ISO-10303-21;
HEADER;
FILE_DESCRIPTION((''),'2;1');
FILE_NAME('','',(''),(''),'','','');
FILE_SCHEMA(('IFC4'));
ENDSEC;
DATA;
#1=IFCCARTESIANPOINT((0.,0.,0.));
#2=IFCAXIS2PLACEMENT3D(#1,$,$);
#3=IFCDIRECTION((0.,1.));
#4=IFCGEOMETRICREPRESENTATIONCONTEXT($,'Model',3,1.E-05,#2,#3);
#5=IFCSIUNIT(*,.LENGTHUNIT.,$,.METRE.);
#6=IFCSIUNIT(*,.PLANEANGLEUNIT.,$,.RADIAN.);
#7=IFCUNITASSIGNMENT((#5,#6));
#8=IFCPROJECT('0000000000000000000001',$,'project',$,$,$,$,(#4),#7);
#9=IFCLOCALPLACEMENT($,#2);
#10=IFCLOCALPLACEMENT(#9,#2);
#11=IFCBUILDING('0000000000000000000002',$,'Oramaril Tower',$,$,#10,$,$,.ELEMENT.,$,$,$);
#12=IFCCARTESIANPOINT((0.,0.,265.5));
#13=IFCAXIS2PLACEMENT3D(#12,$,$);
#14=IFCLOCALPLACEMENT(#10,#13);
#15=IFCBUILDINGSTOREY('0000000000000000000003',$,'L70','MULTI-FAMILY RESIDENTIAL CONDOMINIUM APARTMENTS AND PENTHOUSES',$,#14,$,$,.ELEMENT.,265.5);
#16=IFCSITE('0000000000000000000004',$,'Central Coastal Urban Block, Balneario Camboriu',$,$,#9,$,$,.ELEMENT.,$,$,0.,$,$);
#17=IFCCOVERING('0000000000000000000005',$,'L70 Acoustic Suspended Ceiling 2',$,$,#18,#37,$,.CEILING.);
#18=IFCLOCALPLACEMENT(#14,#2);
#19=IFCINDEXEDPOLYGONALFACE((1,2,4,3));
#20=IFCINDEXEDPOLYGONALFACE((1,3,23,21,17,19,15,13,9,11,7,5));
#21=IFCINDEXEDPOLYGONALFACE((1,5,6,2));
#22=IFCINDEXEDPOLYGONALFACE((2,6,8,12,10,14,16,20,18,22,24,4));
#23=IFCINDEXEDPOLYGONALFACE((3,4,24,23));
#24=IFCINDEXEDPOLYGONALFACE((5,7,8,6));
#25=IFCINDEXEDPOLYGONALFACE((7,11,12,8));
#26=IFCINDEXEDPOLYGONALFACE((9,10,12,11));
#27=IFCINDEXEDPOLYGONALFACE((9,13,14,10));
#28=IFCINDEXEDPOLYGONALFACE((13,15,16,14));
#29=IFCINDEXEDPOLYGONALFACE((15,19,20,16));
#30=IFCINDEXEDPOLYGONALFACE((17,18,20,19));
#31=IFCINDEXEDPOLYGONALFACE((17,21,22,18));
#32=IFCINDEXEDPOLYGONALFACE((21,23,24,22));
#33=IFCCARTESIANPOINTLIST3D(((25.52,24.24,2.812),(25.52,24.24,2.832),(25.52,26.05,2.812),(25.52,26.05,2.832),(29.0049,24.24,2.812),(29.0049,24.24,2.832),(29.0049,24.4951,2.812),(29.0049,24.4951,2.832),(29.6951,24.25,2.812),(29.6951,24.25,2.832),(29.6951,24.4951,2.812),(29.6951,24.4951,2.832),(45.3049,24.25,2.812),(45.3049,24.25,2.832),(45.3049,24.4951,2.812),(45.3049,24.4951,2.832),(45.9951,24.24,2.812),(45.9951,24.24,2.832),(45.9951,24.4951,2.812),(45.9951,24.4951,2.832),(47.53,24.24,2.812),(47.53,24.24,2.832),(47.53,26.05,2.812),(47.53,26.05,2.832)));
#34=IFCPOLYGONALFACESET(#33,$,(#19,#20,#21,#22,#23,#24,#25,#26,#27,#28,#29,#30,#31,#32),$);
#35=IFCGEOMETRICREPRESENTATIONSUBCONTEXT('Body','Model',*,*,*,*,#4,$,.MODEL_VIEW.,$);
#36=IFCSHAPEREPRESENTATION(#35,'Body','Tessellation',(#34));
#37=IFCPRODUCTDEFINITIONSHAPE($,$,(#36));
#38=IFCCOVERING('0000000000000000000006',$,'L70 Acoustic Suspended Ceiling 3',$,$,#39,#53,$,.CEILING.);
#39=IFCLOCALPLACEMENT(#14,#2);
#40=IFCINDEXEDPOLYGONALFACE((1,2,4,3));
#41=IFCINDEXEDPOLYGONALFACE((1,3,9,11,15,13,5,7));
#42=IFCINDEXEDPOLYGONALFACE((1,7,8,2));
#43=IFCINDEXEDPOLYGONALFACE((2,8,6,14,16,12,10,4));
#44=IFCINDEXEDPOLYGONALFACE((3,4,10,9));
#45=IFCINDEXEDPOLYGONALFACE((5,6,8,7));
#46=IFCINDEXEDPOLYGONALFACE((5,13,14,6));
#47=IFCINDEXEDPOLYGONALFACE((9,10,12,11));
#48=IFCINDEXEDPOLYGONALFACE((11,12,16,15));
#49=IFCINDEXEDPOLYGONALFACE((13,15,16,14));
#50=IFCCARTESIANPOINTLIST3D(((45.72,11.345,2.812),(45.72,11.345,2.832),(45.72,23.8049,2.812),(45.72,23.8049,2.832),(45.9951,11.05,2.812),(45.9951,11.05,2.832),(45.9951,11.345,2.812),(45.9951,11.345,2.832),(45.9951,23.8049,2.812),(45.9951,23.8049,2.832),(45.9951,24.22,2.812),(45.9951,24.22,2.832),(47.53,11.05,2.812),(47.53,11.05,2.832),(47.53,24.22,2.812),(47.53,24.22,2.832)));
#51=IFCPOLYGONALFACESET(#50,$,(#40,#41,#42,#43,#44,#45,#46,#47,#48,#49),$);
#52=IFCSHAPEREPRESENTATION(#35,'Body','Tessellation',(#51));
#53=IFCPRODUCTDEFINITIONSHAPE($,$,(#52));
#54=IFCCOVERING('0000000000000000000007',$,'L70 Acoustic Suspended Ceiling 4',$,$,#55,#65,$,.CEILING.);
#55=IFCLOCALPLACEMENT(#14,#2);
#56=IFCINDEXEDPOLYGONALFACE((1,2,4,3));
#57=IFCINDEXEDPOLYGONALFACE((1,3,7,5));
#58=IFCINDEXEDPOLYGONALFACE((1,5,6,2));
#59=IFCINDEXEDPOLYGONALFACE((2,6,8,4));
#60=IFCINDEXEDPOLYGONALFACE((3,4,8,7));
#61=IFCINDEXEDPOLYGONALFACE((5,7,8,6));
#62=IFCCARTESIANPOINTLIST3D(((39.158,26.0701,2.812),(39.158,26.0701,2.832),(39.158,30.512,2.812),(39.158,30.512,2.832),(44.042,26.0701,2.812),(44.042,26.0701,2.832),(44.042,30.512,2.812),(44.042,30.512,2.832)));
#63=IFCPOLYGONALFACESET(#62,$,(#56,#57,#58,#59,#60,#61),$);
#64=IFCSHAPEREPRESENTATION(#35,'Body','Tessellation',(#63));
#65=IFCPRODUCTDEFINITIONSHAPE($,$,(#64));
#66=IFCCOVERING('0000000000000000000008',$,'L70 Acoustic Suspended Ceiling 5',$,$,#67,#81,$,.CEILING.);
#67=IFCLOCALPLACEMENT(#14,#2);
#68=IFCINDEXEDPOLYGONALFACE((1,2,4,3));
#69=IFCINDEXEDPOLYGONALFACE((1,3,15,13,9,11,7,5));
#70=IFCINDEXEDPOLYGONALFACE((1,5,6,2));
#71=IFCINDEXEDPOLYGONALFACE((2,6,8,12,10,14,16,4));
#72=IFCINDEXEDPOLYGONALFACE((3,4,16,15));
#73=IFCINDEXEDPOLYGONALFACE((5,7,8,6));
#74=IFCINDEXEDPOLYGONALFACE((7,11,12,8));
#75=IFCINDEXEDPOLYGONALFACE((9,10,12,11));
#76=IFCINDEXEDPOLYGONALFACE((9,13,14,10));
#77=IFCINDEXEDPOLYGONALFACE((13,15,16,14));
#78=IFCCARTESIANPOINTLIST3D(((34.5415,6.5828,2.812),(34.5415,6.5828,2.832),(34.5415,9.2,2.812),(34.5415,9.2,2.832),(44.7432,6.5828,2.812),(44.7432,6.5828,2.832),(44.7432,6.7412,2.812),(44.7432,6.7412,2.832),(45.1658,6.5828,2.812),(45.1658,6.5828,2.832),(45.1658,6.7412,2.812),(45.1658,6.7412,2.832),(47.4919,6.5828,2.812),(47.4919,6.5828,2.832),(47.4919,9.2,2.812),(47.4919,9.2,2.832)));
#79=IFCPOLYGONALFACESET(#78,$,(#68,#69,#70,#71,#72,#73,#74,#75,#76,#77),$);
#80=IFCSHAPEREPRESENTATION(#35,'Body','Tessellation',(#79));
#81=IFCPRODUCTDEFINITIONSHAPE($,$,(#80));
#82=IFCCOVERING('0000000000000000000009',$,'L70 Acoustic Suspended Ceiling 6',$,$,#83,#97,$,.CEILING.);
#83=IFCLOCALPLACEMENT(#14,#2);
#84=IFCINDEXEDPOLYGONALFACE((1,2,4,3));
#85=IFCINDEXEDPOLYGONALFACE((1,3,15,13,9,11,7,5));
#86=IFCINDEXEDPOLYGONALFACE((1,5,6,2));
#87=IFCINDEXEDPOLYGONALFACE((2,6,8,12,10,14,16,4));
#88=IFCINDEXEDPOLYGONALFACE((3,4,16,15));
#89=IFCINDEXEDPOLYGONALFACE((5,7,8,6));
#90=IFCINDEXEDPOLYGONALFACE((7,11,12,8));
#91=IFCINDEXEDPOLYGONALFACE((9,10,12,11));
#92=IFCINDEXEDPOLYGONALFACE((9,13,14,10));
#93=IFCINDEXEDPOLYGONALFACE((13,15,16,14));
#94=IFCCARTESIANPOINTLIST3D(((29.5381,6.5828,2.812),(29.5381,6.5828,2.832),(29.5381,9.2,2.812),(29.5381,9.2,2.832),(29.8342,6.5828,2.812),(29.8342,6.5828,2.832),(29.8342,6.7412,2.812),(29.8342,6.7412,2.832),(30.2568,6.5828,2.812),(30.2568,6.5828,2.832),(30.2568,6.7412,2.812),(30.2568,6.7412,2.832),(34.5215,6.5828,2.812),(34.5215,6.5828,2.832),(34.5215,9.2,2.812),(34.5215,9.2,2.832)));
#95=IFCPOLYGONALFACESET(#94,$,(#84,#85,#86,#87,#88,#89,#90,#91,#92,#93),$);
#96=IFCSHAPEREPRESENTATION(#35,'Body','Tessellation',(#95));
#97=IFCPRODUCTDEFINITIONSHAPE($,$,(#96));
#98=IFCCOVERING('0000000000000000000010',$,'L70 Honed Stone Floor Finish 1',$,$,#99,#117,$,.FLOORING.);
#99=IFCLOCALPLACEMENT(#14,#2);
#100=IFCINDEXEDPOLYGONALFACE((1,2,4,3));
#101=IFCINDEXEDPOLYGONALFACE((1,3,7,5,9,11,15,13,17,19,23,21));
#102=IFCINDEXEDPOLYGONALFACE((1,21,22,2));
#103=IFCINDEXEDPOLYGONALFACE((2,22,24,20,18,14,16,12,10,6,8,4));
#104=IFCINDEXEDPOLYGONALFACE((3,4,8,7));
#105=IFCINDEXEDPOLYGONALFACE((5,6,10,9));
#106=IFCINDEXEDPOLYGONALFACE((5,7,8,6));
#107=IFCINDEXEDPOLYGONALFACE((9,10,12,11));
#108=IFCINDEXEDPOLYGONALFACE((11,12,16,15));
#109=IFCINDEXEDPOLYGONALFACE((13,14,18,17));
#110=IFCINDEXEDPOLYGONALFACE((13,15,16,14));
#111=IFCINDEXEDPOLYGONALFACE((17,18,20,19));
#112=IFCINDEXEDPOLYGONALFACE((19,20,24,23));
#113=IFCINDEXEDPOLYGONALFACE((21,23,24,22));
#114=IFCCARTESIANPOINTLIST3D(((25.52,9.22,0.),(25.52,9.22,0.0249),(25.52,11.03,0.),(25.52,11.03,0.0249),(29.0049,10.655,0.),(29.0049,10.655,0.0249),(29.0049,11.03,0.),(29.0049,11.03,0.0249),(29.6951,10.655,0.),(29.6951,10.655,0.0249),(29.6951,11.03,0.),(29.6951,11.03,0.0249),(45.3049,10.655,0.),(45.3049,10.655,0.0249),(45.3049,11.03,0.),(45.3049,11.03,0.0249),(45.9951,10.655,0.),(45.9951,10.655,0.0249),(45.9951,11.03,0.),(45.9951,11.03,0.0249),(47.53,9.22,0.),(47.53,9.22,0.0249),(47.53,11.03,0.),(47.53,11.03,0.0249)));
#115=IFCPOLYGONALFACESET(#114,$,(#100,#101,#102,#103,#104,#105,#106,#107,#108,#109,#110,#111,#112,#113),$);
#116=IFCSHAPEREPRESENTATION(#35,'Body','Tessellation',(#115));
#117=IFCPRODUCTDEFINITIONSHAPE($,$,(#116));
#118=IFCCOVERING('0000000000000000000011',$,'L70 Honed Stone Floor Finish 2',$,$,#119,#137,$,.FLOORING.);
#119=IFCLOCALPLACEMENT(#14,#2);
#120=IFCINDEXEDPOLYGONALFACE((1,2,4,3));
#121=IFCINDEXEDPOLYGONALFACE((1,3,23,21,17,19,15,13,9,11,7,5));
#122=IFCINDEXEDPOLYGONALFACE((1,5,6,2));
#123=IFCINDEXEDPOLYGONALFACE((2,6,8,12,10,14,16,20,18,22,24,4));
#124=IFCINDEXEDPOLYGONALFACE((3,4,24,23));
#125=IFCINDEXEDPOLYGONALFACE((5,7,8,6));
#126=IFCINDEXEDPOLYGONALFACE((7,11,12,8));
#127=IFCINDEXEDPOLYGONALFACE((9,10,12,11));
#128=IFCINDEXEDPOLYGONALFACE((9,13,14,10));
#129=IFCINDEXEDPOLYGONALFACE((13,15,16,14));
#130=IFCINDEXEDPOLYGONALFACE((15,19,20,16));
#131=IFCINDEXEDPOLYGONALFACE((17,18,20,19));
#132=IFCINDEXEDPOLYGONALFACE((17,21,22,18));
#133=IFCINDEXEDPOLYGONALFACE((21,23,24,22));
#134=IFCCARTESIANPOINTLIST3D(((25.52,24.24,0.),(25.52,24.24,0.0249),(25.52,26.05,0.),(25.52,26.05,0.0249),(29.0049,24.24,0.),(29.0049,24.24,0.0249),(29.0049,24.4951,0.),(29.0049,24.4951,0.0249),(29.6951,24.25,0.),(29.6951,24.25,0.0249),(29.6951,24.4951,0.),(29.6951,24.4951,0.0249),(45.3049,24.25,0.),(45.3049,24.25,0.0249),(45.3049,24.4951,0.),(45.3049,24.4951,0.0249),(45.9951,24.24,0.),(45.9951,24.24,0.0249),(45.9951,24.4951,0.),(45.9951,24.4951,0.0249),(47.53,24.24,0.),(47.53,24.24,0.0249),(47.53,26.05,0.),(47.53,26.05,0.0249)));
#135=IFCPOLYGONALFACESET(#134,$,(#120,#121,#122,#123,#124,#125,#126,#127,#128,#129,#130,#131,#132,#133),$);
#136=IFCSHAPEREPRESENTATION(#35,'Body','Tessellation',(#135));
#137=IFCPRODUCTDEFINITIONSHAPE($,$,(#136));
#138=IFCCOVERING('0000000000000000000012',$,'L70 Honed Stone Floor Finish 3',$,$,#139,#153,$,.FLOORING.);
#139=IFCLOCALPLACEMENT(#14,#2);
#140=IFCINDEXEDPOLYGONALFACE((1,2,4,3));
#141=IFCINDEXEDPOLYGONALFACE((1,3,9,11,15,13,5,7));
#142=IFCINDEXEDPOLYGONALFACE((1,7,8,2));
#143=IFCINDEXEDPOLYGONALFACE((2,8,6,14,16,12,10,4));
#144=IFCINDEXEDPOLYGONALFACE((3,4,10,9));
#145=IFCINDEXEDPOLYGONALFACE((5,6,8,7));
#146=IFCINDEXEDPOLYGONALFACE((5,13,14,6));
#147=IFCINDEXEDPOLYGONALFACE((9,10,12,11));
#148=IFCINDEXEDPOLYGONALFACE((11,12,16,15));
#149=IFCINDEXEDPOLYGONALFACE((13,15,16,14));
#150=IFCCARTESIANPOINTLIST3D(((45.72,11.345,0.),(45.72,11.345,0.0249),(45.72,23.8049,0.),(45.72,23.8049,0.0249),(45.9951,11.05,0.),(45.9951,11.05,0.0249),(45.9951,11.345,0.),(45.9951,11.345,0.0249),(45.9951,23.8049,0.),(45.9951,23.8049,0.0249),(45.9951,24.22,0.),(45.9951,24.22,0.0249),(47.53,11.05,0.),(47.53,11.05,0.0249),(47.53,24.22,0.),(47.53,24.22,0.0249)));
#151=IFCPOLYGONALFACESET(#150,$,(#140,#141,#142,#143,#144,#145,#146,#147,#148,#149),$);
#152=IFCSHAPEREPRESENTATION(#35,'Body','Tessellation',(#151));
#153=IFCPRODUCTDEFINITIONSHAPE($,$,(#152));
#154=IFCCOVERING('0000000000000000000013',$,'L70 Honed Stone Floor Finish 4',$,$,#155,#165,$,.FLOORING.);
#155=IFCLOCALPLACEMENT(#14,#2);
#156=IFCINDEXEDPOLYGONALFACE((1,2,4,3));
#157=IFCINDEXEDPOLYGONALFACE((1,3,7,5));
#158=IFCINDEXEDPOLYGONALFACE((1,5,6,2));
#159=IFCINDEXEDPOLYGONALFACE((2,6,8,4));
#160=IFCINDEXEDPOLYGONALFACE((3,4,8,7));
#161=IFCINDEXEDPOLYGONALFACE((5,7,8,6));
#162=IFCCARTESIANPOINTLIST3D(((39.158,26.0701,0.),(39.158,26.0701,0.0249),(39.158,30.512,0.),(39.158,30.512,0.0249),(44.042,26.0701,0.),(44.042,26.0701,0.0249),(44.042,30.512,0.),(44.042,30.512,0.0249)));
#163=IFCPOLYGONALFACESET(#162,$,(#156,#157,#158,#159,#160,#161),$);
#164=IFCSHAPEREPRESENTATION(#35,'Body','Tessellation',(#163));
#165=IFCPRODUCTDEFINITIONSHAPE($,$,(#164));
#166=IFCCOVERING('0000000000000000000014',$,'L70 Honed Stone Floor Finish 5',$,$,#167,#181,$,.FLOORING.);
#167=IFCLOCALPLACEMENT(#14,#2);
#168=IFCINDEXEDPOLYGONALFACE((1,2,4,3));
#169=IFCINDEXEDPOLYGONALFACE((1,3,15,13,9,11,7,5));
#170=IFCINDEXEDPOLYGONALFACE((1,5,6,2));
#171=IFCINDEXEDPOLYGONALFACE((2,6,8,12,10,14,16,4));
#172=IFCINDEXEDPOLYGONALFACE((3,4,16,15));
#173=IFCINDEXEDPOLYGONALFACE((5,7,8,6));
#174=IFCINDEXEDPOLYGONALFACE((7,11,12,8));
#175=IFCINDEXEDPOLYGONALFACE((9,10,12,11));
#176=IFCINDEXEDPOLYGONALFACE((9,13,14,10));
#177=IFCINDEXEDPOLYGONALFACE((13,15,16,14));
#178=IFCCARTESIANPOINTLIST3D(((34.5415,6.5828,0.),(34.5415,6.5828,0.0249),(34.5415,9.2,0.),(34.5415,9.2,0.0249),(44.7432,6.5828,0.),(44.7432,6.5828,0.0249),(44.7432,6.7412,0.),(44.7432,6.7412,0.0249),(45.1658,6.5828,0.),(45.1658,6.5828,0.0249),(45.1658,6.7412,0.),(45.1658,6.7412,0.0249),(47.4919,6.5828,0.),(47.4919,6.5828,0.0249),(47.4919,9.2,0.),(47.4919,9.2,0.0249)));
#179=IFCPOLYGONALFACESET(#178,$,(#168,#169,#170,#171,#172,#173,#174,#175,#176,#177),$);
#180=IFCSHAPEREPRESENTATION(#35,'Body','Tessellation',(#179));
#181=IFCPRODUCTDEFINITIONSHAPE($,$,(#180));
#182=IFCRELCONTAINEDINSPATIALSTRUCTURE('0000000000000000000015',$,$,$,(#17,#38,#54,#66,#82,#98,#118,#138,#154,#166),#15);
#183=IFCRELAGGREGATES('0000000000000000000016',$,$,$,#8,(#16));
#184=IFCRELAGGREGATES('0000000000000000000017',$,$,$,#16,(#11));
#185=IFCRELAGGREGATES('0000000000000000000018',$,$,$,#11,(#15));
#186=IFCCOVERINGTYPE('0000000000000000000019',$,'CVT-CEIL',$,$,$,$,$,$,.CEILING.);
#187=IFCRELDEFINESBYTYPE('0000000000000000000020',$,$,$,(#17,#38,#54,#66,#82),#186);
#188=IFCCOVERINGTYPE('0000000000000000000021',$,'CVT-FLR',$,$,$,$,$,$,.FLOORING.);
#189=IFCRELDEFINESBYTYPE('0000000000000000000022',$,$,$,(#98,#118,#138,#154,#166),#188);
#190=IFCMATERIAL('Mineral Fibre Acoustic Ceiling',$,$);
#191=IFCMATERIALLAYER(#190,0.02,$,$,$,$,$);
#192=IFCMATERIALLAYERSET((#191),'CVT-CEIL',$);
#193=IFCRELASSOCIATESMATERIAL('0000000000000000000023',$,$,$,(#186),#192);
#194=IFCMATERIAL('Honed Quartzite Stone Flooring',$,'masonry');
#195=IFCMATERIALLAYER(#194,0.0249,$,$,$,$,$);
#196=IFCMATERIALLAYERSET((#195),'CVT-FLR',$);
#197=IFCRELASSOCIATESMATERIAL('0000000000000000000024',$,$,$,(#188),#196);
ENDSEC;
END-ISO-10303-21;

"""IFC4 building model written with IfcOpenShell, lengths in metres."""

from ifc_helpers import new_model, si_unit, direction, frame, origin, place, context, subcontext, project, spatial, polyline, outline, extrude, material, layer, layer_set, type_object, element, save


model = new_model("IFC4")

# Units and contexts
model_context = context("Model", 3, precision=1e-05, world=origin(), true_north=direction((0.0, 1.0)))
body_context = subcontext(model_context, "Body", "Model", "MODEL_VIEW")
ifc_project = project(units=[si_unit("LENGTHUNIT", "METRE"), si_unit("PLANEANGLEUNIT", "RADIAN")], contexts=[model_context])

# Site, building, storey
site_placement = place(None, origin())
site = spatial("IfcSite", under=ifc_project, at=site_placement, Name="Central Coastal Urban Block, Balneario Camboriu", CompositionType="ELEMENT", RefElevation=0.0)
building_placement = place(site_placement, origin())
building = spatial("IfcBuilding", under=site, at=building_placement, Name="Oramaril Tower", CompositionType="ELEMENT")
storey_placement = place(building_placement, frame((0.0, 0.0, 265.5)))
storey = spatial("IfcBuildingStorey", under=building, at=storey_placement, Name="L70", Description="MULTI-FAMILY RESIDENTIAL CONDOMINIUM APARTMENTS AND PENTHOUSES", CompositionType="ELEMENT", Elevation=265.5)

# Coverings
ifc_material_1 = material(Name="Mineral Fibre Acoustic Ceiling")
ifc_layer_1 = layer(ifc_material_1, 0.02)
ifc_layer_set_1 = layer_set([ifc_layer_1], Name="CVT-CEIL")
covering_type_1 = type_object("IfcCoveringType", Name="CVT-CEIL", PredefinedType="CEILING", material=ifc_layer_set_1)
covering_1_placement = place(storey_placement, frame((0.0, 0.0, 2.812)))
element("IfcCovering", 1, at=covering_1_placement, inside=storey, type_object=covering_type_1, Name="L70 Acoustic Suspended Ceiling 2", PredefinedType="CEILING", context=body_context, shape_type="SweptSolid", body=[
    extrude(outline(polyline([(47.53, 24.24), (45.9951, 24.24), (45.9951, 24.4951), (45.3049, 24.4951), (45.3049, 24.25), (29.6951, 24.25), (29.6951, 24.4951), (29.0049, 24.4951), (29.0049, 24.24), (25.52, 24.24), (25.52, 26.05), (47.53, 26.05), (47.53, 24.24)])), origin(), (0.0, 0.0, 1.0), 0.02),
])
covering_2_placement = place(storey_placement, frame((0.0, 0.0, 2.812)))
element("IfcCovering", 2, at=covering_2_placement, inside=storey, type_object=covering_type_1, Name="L70 Acoustic Suspended Ceiling 3", PredefinedType="CEILING", context=body_context, shape_type="SweptSolid", body=[
    extrude(outline(polyline([(47.53, 11.05), (45.9951, 11.05), (45.9951, 11.345), (45.72, 11.345), (45.72, 23.8049), (45.9951, 23.8049), (45.9951, 24.22), (47.53, 24.22), (47.53, 11.05)])), origin(), (0.0, 0.0, 1.0), 0.02),
])
covering_3_placement = place(storey_placement, frame((0.0, 0.0, 2.812)))
element("IfcCovering", 3, at=covering_3_placement, inside=storey, type_object=covering_type_1, Name="L70 Acoustic Suspended Ceiling 4", PredefinedType="CEILING", context=body_context, shape_type="SweptSolid", body=[
    extrude(outline(polyline([(44.042, 30.512), (44.042, 26.0701), (39.158, 26.0701), (39.158, 30.512), (44.042, 30.512)])), origin(), (0.0, 0.0, 1.0), 0.02),
])
covering_4_placement = place(storey_placement, frame((0.0, 0.0, 2.812)))
element("IfcCovering", 4, at=covering_4_placement, inside=storey, type_object=covering_type_1, Name="L70 Acoustic Suspended Ceiling 5", PredefinedType="CEILING", context=body_context, shape_type="SweptSolid", body=[
    extrude(outline(polyline([(45.1658, 6.7412), (44.7432, 6.7412), (44.7432, 6.5828), (34.5415, 6.5828), (34.5415, 9.2), (47.4919, 9.2), (47.4919, 6.5828), (45.1658, 6.5828), (45.1658, 6.7412)])), origin(), (0.0, 0.0, 1.0), 0.02),
])
covering_5_placement = place(storey_placement, frame((0.0, 0.0, 2.812)))
element("IfcCovering", 5, at=covering_5_placement, inside=storey, type_object=covering_type_1, Name="L70 Acoustic Suspended Ceiling 6", PredefinedType="CEILING", context=body_context, shape_type="SweptSolid", body=[
    extrude(outline(polyline([(30.2568, 6.7412), (29.8342, 6.7412), (29.8342, 6.5828), (29.5381, 6.5828), (29.5381, 9.2), (34.5215, 9.2), (34.5215, 6.5828), (30.2568, 6.5828), (30.2568, 6.7412)])), origin(), (0.0, 0.0, 1.0), 0.02),
])
ifc_material_2 = material(Name="Honed Quartzite Stone Flooring", Category="masonry")
ifc_layer_2 = layer(ifc_material_2, 0.0249)
ifc_layer_set_2 = layer_set([ifc_layer_2], Name="CVT-FLR")
covering_type_2 = type_object("IfcCoveringType", Name="CVT-FLR", PredefinedType="FLOORING", material=ifc_layer_set_2)
covering_6_placement = place(storey_placement, origin())
element("IfcCovering", 6, at=covering_6_placement, inside=storey, type_object=covering_type_2, Name="L70 Honed Stone Floor Finish 1", PredefinedType="FLOORING", context=body_context, shape_type="SweptSolid", body=[
    extrude(outline(polyline([(29.0049, 10.655), (29.6951, 10.655), (29.6951, 11.03), (45.3049, 11.03), (45.3049, 10.655), (45.9951, 10.655), (45.9951, 11.03), (47.53, 11.03), (47.53, 9.22), (25.52, 9.22), (25.52, 11.03), (29.0049, 11.03), (29.0049, 10.655)])), origin(), (0.0, 0.0, 1.0), 0.0249),
])
covering_7_placement = place(storey_placement, origin())
element("IfcCovering", 7, at=covering_7_placement, inside=storey, type_object=covering_type_2, Name="L70 Honed Stone Floor Finish 2", PredefinedType="FLOORING", context=body_context, shape_type="SweptSolid", body=[
    extrude(outline(polyline([(47.53, 24.24), (45.9951, 24.24), (45.9951, 24.4951), (45.3049, 24.4951), (45.3049, 24.25), (29.6951, 24.25), (29.6951, 24.4951), (29.0049, 24.4951), (29.0049, 24.24), (25.52, 24.24), (25.52, 26.05), (47.53, 26.05), (47.53, 24.24)])), origin(), (0.0, 0.0, 1.0), 0.0249),
])
covering_8_placement = place(storey_placement, origin())
element("IfcCovering", 8, at=covering_8_placement, inside=storey, type_object=covering_type_2, Name="L70 Honed Stone Floor Finish 3", PredefinedType="FLOORING", context=body_context, shape_type="SweptSolid", body=[
    extrude(outline(polyline([(47.53, 11.05), (45.9951, 11.05), (45.9951, 11.345), (45.72, 11.345), (45.72, 23.8049), (45.9951, 23.8049), (45.9951, 24.22), (47.53, 24.22), (47.53, 11.05)])), origin(), (0.0, 0.0, 1.0), 0.0249),
])
covering_9_placement = place(storey_placement, origin())
element("IfcCovering", 9, at=covering_9_placement, inside=storey, type_object=covering_type_2, Name="L70 Honed Stone Floor Finish 4", PredefinedType="FLOORING", context=body_context, shape_type="SweptSolid", body=[
    extrude(outline(polyline([(44.042, 30.512), (44.042, 26.0701), (39.158, 26.0701), (39.158, 30.512), (44.042, 30.512)])), origin(), (0.0, 0.0, 1.0), 0.0249),
])
covering_10_placement = place(storey_placement, origin())
element("IfcCovering", 10, at=covering_10_placement, inside=storey, type_object=covering_type_2, Name="L70 Honed Stone Floor Finish 5", PredefinedType="FLOORING", context=body_context, shape_type="SweptSolid", body=[
    extrude(outline(polyline([(45.1658, 6.7412), (44.7432, 6.7412), (44.7432, 6.5828), (34.5415, 6.5828), (34.5415, 9.2), (47.4919, 9.2), (47.4919, 6.5828), (45.1658, 6.5828), (45.1658, 6.7412)])), origin(), (0.0, 0.0, 1.0), 0.0249),
])

save(model, "model.ifc")
